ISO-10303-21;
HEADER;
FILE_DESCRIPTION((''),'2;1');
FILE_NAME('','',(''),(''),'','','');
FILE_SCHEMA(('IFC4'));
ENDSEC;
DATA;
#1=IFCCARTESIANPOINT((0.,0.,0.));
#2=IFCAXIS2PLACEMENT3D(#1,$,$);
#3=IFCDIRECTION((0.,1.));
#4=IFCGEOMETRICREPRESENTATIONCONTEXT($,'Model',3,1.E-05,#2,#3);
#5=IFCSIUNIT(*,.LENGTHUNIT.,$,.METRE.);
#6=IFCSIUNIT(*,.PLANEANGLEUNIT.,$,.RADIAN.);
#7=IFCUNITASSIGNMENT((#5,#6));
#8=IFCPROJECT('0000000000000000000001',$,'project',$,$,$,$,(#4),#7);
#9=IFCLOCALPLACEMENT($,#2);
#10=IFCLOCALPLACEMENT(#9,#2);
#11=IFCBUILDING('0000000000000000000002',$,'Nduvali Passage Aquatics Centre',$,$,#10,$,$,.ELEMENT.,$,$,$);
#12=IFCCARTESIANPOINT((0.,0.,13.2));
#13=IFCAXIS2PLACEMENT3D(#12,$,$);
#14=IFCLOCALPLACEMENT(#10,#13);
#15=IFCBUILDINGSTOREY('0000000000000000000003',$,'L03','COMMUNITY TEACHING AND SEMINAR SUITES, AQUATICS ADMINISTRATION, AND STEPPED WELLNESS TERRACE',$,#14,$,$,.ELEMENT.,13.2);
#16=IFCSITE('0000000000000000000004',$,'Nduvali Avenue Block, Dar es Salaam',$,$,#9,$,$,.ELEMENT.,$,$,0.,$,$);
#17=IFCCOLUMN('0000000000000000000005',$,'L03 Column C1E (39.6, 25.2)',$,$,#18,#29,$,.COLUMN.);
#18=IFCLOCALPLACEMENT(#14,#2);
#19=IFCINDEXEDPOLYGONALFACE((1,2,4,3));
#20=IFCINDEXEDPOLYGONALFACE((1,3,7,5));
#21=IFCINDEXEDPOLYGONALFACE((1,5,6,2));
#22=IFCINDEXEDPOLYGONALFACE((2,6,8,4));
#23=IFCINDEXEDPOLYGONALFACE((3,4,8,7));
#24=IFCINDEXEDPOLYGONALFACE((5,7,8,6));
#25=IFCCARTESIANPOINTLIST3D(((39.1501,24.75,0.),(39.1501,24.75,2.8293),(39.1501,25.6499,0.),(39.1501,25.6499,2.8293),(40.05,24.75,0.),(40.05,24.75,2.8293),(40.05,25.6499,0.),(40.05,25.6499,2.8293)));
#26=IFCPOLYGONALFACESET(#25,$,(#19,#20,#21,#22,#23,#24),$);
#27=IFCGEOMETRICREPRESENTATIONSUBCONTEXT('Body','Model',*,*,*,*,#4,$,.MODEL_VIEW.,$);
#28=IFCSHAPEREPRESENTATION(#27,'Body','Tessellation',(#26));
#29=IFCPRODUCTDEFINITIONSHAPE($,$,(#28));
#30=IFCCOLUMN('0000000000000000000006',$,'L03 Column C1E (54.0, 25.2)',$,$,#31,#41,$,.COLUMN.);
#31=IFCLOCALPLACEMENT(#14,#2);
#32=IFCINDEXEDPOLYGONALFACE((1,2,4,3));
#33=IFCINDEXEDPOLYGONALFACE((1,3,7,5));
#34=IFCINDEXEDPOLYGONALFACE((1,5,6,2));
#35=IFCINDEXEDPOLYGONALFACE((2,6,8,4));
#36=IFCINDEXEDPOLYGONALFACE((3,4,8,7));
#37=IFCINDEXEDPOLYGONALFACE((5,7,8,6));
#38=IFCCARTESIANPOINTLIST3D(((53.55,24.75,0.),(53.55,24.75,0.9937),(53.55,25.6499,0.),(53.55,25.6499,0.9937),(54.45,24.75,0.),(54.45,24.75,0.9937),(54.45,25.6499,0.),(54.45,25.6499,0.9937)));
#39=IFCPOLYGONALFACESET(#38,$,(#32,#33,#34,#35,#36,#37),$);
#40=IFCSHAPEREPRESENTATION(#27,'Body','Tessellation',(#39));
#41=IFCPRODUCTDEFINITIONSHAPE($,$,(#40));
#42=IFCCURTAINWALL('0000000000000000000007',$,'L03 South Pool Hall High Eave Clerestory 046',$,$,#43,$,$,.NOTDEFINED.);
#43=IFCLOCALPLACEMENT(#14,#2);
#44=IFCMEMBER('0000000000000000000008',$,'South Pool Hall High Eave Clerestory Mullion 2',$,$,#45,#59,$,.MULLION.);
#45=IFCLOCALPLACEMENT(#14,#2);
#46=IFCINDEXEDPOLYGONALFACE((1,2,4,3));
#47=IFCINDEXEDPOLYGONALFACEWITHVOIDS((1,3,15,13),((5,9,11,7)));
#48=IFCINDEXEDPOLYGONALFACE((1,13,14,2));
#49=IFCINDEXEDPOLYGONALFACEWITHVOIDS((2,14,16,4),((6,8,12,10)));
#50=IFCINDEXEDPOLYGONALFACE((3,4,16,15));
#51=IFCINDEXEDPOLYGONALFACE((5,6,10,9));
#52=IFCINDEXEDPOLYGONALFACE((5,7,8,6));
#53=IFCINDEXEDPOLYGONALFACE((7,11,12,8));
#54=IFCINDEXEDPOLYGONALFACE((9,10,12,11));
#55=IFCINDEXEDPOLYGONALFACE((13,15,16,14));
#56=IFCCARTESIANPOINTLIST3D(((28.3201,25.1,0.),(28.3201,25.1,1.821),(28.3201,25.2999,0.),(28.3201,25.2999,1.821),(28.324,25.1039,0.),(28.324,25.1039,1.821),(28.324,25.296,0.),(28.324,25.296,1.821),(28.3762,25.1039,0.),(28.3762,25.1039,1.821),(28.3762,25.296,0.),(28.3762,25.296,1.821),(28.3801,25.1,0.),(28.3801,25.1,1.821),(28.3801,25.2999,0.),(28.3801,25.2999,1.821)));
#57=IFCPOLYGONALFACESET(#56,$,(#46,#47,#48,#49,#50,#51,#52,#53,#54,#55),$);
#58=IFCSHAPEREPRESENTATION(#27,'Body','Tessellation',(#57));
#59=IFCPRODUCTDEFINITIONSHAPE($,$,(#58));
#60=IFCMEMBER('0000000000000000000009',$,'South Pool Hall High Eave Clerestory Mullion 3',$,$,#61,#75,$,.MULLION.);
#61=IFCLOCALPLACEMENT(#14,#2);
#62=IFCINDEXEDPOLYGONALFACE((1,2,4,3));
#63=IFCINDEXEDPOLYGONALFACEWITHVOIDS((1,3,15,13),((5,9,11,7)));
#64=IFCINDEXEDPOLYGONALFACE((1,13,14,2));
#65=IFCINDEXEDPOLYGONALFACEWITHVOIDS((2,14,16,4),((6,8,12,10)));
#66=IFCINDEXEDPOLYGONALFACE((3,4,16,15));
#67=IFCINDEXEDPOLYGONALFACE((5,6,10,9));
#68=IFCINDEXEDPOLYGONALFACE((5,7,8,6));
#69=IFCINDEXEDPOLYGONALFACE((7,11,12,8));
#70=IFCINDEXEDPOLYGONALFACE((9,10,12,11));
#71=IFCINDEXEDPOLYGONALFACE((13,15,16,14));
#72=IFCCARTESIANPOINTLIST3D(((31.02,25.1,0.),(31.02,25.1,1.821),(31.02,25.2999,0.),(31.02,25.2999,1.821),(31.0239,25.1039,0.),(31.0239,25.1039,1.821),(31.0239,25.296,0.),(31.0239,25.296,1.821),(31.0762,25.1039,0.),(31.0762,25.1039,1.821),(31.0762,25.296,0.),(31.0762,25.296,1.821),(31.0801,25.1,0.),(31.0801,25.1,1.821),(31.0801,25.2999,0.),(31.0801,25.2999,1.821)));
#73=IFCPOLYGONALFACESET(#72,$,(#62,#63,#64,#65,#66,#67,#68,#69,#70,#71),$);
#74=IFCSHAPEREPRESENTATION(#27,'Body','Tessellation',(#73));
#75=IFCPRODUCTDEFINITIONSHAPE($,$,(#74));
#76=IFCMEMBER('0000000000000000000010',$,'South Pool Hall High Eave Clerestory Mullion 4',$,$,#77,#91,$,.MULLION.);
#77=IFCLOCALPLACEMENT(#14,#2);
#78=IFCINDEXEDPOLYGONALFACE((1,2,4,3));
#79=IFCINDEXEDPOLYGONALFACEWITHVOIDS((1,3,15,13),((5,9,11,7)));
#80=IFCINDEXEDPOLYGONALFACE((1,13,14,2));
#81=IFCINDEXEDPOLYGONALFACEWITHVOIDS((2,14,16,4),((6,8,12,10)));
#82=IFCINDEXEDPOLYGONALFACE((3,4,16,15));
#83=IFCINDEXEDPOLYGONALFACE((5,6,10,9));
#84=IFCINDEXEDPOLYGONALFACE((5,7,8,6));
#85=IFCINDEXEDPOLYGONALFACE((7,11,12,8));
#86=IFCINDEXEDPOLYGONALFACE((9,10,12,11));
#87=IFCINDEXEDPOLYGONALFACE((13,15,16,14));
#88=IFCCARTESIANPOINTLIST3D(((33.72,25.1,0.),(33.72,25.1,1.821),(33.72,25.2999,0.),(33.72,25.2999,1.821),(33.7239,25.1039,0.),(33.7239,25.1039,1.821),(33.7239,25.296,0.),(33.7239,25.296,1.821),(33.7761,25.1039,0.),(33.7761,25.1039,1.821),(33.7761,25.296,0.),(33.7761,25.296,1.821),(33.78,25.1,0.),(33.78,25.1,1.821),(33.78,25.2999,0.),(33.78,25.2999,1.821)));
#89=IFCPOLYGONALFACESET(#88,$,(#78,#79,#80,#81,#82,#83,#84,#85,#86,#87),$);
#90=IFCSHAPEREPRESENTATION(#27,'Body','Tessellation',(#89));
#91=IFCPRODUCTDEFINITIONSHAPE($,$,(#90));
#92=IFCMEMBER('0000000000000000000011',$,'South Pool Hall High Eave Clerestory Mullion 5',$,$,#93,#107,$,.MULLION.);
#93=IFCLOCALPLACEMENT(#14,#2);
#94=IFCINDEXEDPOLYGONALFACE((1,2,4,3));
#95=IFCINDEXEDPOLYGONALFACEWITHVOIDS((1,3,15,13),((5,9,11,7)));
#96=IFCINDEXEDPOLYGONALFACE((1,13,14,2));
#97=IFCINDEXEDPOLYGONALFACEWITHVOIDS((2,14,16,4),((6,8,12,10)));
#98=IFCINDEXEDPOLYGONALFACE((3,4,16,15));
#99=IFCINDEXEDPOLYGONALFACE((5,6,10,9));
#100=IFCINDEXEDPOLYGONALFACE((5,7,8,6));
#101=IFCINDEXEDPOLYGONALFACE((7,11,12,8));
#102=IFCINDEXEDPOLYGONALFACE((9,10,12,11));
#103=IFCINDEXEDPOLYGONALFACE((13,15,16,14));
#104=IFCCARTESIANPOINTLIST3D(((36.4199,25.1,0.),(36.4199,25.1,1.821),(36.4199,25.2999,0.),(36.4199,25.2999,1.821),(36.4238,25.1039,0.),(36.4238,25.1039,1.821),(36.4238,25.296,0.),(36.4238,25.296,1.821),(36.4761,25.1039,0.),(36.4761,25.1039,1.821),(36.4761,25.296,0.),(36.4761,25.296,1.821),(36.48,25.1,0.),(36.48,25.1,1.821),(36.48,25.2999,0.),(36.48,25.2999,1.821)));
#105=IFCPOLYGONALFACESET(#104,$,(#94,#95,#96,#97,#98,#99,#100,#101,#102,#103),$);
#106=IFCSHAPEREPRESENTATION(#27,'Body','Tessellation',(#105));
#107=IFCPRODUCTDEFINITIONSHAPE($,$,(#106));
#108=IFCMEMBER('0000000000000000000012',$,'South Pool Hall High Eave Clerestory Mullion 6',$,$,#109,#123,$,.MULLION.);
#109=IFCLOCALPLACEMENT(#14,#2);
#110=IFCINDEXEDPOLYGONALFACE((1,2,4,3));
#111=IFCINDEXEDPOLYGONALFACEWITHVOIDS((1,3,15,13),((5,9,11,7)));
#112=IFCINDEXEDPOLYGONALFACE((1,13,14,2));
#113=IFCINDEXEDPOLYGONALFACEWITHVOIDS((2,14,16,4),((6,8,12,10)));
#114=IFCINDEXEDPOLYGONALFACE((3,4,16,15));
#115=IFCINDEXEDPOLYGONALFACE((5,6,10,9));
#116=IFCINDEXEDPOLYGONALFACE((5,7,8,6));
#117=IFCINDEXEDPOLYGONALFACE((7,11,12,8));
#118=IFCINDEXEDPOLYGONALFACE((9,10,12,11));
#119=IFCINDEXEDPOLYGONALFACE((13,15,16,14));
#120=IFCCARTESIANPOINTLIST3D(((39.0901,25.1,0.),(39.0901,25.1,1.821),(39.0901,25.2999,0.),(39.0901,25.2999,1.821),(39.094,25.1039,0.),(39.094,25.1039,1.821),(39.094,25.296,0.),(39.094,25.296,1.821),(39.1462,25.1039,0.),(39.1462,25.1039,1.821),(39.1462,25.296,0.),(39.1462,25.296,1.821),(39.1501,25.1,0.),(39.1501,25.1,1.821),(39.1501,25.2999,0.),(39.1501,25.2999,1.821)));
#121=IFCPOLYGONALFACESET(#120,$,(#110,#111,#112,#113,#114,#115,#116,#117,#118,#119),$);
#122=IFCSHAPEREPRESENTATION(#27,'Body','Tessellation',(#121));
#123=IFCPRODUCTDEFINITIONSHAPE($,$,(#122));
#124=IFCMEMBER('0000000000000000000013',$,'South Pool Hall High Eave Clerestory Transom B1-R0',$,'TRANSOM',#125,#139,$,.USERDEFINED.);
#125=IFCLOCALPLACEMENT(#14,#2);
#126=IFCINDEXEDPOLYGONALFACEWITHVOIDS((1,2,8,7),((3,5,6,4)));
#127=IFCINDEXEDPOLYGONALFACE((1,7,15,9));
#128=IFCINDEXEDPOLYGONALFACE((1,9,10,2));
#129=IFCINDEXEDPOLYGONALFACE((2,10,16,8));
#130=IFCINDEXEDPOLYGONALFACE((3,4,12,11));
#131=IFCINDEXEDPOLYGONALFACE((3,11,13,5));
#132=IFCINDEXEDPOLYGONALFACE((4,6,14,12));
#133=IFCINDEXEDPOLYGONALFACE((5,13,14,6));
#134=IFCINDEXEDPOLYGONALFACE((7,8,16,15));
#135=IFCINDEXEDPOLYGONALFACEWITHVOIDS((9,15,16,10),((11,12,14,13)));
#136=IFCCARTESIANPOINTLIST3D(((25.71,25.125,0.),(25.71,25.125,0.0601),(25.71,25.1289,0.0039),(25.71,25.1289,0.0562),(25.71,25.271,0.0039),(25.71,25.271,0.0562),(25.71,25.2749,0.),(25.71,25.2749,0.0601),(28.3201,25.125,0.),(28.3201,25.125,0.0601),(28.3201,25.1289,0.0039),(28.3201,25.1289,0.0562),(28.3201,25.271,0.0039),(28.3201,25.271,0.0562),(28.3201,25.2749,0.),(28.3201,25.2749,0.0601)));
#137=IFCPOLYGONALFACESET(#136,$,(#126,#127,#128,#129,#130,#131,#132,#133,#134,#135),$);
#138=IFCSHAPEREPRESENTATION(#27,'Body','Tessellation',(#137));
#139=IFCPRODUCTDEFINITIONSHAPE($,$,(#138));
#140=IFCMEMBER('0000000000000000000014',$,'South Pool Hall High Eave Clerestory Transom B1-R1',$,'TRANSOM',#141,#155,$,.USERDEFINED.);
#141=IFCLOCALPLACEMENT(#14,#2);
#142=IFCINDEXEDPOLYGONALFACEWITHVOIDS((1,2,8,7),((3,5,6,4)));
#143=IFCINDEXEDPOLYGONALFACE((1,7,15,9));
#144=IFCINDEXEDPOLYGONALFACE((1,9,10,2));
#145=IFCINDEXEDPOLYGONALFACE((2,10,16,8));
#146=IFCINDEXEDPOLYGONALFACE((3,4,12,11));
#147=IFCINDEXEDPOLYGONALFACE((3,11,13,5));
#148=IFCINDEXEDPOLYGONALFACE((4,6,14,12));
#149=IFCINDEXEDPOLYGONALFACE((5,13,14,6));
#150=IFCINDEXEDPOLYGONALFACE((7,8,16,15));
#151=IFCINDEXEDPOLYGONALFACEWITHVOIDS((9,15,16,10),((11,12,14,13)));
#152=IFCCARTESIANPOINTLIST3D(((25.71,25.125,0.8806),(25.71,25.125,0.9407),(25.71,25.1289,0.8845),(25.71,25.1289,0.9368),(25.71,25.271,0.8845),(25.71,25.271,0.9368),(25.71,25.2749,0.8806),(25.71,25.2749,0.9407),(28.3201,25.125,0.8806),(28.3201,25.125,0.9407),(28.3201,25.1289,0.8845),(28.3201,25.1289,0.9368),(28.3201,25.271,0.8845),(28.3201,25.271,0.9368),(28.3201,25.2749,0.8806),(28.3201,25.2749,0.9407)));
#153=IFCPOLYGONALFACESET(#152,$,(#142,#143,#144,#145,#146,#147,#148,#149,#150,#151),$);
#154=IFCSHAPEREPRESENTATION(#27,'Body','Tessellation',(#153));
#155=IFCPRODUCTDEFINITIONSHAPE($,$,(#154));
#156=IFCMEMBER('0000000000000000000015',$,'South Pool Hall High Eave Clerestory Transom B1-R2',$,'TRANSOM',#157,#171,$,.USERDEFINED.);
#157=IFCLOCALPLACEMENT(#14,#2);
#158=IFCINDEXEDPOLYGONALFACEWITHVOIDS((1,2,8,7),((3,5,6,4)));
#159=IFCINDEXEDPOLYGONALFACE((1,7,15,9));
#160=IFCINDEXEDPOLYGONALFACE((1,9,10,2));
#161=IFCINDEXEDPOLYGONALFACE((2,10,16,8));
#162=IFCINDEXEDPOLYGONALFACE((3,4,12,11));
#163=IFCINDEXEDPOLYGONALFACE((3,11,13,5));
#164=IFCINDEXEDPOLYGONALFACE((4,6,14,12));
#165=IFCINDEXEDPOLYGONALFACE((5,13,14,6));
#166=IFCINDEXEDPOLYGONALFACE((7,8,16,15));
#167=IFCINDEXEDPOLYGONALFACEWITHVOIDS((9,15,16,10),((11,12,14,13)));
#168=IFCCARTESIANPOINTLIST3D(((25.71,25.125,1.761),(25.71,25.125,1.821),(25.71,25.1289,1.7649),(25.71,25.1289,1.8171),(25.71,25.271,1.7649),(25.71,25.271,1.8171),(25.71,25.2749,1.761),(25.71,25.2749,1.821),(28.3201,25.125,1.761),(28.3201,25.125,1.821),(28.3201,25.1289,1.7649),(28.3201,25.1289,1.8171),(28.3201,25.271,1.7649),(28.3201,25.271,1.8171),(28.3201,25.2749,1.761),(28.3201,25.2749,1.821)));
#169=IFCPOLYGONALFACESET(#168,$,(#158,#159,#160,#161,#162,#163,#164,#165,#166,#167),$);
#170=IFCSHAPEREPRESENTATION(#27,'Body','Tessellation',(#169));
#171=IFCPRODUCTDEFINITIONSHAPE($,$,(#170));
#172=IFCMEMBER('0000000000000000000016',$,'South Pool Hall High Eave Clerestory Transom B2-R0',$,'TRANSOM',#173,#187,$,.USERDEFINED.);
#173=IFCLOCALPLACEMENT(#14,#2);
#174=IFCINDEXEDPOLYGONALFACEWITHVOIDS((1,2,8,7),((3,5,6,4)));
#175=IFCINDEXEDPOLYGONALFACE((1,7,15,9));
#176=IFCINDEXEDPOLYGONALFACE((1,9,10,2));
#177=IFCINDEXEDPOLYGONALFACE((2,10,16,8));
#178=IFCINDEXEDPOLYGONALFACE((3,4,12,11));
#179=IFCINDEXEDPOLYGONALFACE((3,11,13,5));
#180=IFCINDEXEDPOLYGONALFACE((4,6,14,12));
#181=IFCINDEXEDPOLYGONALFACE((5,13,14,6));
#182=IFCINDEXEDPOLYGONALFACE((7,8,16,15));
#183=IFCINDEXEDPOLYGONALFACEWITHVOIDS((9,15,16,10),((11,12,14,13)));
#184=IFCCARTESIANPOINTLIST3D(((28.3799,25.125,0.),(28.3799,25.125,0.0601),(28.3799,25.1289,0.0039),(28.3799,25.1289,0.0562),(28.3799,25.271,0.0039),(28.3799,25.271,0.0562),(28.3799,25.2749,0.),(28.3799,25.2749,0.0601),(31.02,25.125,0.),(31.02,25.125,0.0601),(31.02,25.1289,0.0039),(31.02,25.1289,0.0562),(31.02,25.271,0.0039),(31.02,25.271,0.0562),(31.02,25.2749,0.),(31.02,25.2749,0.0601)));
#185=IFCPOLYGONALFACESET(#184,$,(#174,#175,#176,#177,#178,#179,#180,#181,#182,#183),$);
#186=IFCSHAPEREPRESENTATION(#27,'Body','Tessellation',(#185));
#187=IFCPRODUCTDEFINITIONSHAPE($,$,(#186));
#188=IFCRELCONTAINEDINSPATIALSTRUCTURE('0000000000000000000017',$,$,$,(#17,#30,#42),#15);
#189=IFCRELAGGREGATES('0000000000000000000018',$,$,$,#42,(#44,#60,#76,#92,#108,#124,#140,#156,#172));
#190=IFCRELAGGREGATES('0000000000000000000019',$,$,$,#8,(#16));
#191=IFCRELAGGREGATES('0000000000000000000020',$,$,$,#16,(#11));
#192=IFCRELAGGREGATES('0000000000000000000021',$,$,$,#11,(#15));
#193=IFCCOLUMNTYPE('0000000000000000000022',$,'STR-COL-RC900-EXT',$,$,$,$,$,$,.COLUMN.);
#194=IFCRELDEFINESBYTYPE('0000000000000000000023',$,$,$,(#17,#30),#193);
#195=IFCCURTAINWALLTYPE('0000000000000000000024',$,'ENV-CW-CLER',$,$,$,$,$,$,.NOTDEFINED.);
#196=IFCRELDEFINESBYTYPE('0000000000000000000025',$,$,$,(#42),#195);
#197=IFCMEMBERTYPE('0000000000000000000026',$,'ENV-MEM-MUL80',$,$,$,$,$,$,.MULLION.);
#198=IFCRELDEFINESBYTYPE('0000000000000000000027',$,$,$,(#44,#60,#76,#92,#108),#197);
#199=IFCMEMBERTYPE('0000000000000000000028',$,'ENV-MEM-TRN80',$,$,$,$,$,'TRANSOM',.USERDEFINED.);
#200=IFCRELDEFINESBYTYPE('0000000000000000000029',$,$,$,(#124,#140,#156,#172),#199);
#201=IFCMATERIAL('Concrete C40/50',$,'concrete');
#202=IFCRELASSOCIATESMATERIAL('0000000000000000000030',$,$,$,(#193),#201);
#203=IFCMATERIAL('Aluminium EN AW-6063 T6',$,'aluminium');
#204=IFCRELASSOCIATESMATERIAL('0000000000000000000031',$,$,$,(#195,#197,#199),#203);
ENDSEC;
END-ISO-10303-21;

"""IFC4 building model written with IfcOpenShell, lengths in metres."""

from ifc_helpers import new_model, si_unit, direction, frame, origin, origin_2d, place, context, subcontext, project, spatial, rectangle, hollow_rectangle, extrude, material, material_profile, profile_set, type_object, element, aggregate, save


model = new_model("IFC4")

# Units and contexts
model_context = context("Model", 3, precision=1e-05, world=origin(), true_north=direction((0.0, 1.0)))
body_context = subcontext(model_context, "Body", "Model", "MODEL_VIEW")
ifc_project = project(units=[si_unit("LENGTHUNIT", "METRE"), si_unit("PLANEANGLEUNIT", "RADIAN")], contexts=[model_context])

# Site, building, storey
site_placement = place(None, origin())
site = spatial("IfcSite", under=ifc_project, at=site_placement, Name="Nduvali Avenue Block, Dar es Salaam", CompositionType="ELEMENT", RefElevation=0.0)
building_placement = place(site_placement, origin())
building = spatial("IfcBuilding", under=site, at=building_placement, Name="Nduvali Passage Aquatics Centre", CompositionType="ELEMENT")
storey_placement = place(building_placement, frame((0.0, 0.0, 13.2)))
storey = spatial("IfcBuildingStorey", under=building, at=storey_placement, Name="L03", Description="COMMUNITY TEACHING AND SEMINAR SUITES, AQUATICS ADMINISTRATION, AND STEPPED WELLNESS TERRACE", CompositionType="ELEMENT", Elevation=13.2)

# Columns
ifc_material_1 = material(Name="Concrete C40/50", Category="concrete")
ifc_material_profile_1 = material_profile(ifc_material_1, rectangle(XDim=0.8999, YDim=0.8999, at=origin_2d()), Name="RC 900x900")
ifc_profile_set_1 = profile_set([ifc_material_profile_1], Name="Concrete C40/50")
column_type = type_object("IfcColumnType", Name="STR-COL-RC900-EXT", PredefinedType="COLUMN", material=ifc_profile_set_1)
column_1_placement = place(storey_placement, frame((39.6001, 25.2, 0.0), z_axis=(0.0, 0.0, 1.0), x_axis=(1.0, 0.0, 0.0)))
element("IfcColumn", 1, at=column_1_placement, inside=storey, type_object=column_type, Name="L03 Column C1E (39.6, 25.2)", PredefinedType="COLUMN", context=body_context, shape_type="SweptSolid", body=[
    extrude(rectangle(XDim=0.8999, YDim=0.8999, at=origin_2d()), origin(), (0.0, 0.0, 1.0), 2.8293),
])
column_2_placement = place(storey_placement, frame((54.0, 25.2, 0.0), z_axis=(0.0, 0.0, 1.0), x_axis=(1.0, 0.0, 0.0)))
element("IfcColumn", 2, at=column_2_placement, inside=storey, type_object=column_type, Name="L03 Column C1E (54.0, 25.2)", PredefinedType="COLUMN", context=body_context, shape_type="SweptSolid", body=[
    extrude(rectangle(XDim=0.8999, YDim=0.8999, at=origin_2d()), origin(), (0.0, 0.0, 1.0), 0.9937),
])

# Curtain wall, members
ifc_material_2 = material(Name="Aluminium EN AW-6063 T6", Category="aluminium")
curtain_wall_type = type_object("IfcCurtainWallType", Name="ENV-CW-CLER", PredefinedType="NOTDEFINED", material=ifc_material_2)
curtain_wall_placement = place(storey_placement, origin())
curtain_wall = element("IfcCurtainWall", 3, at=curtain_wall_placement, inside=storey, type_object=curtain_wall_type, Name="L03 South Pool Hall High Eave Clerestory 046", PredefinedType="NOTDEFINED")
ifc_material_profile_2 = material_profile(ifc_material_2, hollow_rectangle(XDim=0.0601, YDim=0.2, WallThickness=0.0039, at=origin_2d()), Name="ALU MULLION 60x200x4")
ifc_profile_set_2 = profile_set([ifc_material_profile_2], Name="Aluminium EN AW-6063 T6")
member_type_1 = type_object("IfcMemberType", Name="ENV-MEM-MUL80", PredefinedType="MULLION", material=ifc_profile_set_2)
member_1_placement = place(storey_placement, frame((28.3501, 25.2, 0.0), z_axis=(0.0, 0.0, 1.0), x_axis=(1.0, 0.0, 0.0)))
member_1 = element("IfcMember", 4, at=member_1_placement, type_object=member_type_1, Name="South Pool Hall High Eave Clerestory Mullion 2", PredefinedType="MULLION", context=body_context, shape_type="SweptSolid", body=[
    extrude(hollow_rectangle(XDim=0.0601, YDim=0.2, WallThickness=0.0039, at=origin_2d()), origin(), (0.0, 0.0, 1.0), 1.821),
])
member_2_placement = place(storey_placement, frame((31.05, 25.2, 0.0), z_axis=(0.0, 0.0, 1.0), x_axis=(1.0, 0.0, 0.0)))
member_2 = element("IfcMember", 5, at=member_2_placement, type_object=member_type_1, Name="South Pool Hall High Eave Clerestory Mullion 3", PredefinedType="MULLION", context=body_context, shape_type="SweptSolid", body=[
    extrude(hollow_rectangle(XDim=0.0601, YDim=0.2, WallThickness=0.0039, at=origin_2d()), origin(), (0.0, 0.0, 1.0), 1.821),
])
member_3_placement = place(storey_placement, frame((33.75, 25.2, 0.0), z_axis=(0.0, 0.0, 1.0), x_axis=(1.0, 0.0, 0.0)))
member_3 = element("IfcMember", 6, at=member_3_placement, type_object=member_type_1, Name="South Pool Hall High Eave Clerestory Mullion 4", PredefinedType="MULLION", context=body_context, shape_type="SweptSolid", body=[
    extrude(hollow_rectangle(XDim=0.0601, YDim=0.2, WallThickness=0.0039, at=origin_2d()), origin(), (0.0, 0.0, 1.0), 1.821),
])
member_4_placement = place(storey_placement, frame((36.45, 25.2, 0.0), z_axis=(0.0, 0.0, 1.0), x_axis=(1.0, 0.0, 0.0)))
member_4 = element("IfcMember", 7, at=member_4_placement, type_object=member_type_1, Name="South Pool Hall High Eave Clerestory Mullion 5", PredefinedType="MULLION", context=body_context, shape_type="SweptSolid", body=[
    extrude(hollow_rectangle(XDim=0.0601, YDim=0.2, WallThickness=0.0039, at=origin_2d()), origin(), (0.0, 0.0, 1.0), 1.821),
])
member_5_placement = place(storey_placement, frame((39.1201, 25.2, 0.0), z_axis=(0.0, 0.0, 1.0), x_axis=(1.0, 0.0, 0.0)))
member_5 = element("IfcMember", 8, at=member_5_placement, type_object=member_type_1, Name="South Pool Hall High Eave Clerestory Mullion 6", PredefinedType="MULLION", context=body_context, shape_type="SweptSolid", body=[
    extrude(hollow_rectangle(XDim=0.0601, YDim=0.2, WallThickness=0.0039, at=origin_2d()), origin(), (0.0, 0.0, 1.0), 1.821),
])
ifc_material_profile_3 = material_profile(ifc_material_2, hollow_rectangle(XDim=0.1499, YDim=0.0601, WallThickness=0.0039, at=origin_2d()), Name="ALU TRANSOM 150x60x4")
ifc_profile_set_3 = profile_set([ifc_material_profile_3], Name="Aluminium EN AW-6063 T6")
member_type_2 = type_object("IfcMemberType", Name="ENV-MEM-TRN80", ElementType="TRANSOM", PredefinedType="USERDEFINED", material=ifc_profile_set_3)
member_6_placement = place(storey_placement, frame((25.71, 25.2, 0.03), z_axis=(1.0, 0.0, 0.0), x_axis=(0.0, 1.0, 0.0)))
member_6 = element("IfcMember", 9, at=member_6_placement, type_object=member_type_2, Name="South Pool Hall High Eave Clerestory Transom B1-R0", ObjectType="TRANSOM", PredefinedType="USERDEFINED", context=body_context, shape_type="SweptSolid", body=[
    extrude(hollow_rectangle(XDim=0.1499, YDim=0.0601, WallThickness=0.0039, at=origin_2d()), origin(), (0.0, 0.0, 1.0), 2.6101),
])
member_7_placement = place(storey_placement, frame((25.71, 25.2, 0.9106), z_axis=(1.0, 0.0, 0.0), x_axis=(0.0, 1.0, 0.0)))
member_7 = element("IfcMember", 10, at=member_7_placement, type_object=member_type_2, Name="South Pool Hall High Eave Clerestory Transom B1-R1", ObjectType="TRANSOM", PredefinedType="USERDEFINED", context=body_context, shape_type="SweptSolid", body=[
    extrude(hollow_rectangle(XDim=0.1499, YDim=0.0601, WallThickness=0.0039, at=origin_2d()), origin(), (0.0, 0.0, 1.0), 2.6101),
])
member_8_placement = place(storey_placement, frame((25.71, 25.2, 1.791), z_axis=(1.0, 0.0, 0.0), x_axis=(0.0, 1.0, 0.0)))
member_8 = element("IfcMember", 11, at=member_8_placement, type_object=member_type_2, Name="South Pool Hall High Eave Clerestory Transom B1-R2", ObjectType="TRANSOM", PredefinedType="USERDEFINED", context=body_context, shape_type="SweptSolid", body=[
    extrude(hollow_rectangle(XDim=0.1499, YDim=0.0601, WallThickness=0.0039, at=origin_2d()), origin(), (0.0, 0.0, 1.0), 2.6101),
])
member_9_placement = place(storey_placement, frame((28.3799, 25.2, 0.03), z_axis=(1.0, 0.0, 0.0), x_axis=(0.0, 1.0, 0.0)))
member_9 = element("IfcMember", 12, at=member_9_placement, type_object=member_type_2, Name="South Pool Hall High Eave Clerestory Transom B2-R0", ObjectType="TRANSOM", PredefinedType="USERDEFINED", context=body_context, shape_type="SweptSolid", body=[
    extrude(hollow_rectangle(XDim=0.1499, YDim=0.0601, WallThickness=0.0039, at=origin_2d()), origin(), (0.0, 0.0, 1.0), 2.6401),
])

aggregate(curtain_wall, [member_1, member_2, member_3, member_4, member_5, member_6, member_7, member_8, member_9])

save(model, "model.ifc")
